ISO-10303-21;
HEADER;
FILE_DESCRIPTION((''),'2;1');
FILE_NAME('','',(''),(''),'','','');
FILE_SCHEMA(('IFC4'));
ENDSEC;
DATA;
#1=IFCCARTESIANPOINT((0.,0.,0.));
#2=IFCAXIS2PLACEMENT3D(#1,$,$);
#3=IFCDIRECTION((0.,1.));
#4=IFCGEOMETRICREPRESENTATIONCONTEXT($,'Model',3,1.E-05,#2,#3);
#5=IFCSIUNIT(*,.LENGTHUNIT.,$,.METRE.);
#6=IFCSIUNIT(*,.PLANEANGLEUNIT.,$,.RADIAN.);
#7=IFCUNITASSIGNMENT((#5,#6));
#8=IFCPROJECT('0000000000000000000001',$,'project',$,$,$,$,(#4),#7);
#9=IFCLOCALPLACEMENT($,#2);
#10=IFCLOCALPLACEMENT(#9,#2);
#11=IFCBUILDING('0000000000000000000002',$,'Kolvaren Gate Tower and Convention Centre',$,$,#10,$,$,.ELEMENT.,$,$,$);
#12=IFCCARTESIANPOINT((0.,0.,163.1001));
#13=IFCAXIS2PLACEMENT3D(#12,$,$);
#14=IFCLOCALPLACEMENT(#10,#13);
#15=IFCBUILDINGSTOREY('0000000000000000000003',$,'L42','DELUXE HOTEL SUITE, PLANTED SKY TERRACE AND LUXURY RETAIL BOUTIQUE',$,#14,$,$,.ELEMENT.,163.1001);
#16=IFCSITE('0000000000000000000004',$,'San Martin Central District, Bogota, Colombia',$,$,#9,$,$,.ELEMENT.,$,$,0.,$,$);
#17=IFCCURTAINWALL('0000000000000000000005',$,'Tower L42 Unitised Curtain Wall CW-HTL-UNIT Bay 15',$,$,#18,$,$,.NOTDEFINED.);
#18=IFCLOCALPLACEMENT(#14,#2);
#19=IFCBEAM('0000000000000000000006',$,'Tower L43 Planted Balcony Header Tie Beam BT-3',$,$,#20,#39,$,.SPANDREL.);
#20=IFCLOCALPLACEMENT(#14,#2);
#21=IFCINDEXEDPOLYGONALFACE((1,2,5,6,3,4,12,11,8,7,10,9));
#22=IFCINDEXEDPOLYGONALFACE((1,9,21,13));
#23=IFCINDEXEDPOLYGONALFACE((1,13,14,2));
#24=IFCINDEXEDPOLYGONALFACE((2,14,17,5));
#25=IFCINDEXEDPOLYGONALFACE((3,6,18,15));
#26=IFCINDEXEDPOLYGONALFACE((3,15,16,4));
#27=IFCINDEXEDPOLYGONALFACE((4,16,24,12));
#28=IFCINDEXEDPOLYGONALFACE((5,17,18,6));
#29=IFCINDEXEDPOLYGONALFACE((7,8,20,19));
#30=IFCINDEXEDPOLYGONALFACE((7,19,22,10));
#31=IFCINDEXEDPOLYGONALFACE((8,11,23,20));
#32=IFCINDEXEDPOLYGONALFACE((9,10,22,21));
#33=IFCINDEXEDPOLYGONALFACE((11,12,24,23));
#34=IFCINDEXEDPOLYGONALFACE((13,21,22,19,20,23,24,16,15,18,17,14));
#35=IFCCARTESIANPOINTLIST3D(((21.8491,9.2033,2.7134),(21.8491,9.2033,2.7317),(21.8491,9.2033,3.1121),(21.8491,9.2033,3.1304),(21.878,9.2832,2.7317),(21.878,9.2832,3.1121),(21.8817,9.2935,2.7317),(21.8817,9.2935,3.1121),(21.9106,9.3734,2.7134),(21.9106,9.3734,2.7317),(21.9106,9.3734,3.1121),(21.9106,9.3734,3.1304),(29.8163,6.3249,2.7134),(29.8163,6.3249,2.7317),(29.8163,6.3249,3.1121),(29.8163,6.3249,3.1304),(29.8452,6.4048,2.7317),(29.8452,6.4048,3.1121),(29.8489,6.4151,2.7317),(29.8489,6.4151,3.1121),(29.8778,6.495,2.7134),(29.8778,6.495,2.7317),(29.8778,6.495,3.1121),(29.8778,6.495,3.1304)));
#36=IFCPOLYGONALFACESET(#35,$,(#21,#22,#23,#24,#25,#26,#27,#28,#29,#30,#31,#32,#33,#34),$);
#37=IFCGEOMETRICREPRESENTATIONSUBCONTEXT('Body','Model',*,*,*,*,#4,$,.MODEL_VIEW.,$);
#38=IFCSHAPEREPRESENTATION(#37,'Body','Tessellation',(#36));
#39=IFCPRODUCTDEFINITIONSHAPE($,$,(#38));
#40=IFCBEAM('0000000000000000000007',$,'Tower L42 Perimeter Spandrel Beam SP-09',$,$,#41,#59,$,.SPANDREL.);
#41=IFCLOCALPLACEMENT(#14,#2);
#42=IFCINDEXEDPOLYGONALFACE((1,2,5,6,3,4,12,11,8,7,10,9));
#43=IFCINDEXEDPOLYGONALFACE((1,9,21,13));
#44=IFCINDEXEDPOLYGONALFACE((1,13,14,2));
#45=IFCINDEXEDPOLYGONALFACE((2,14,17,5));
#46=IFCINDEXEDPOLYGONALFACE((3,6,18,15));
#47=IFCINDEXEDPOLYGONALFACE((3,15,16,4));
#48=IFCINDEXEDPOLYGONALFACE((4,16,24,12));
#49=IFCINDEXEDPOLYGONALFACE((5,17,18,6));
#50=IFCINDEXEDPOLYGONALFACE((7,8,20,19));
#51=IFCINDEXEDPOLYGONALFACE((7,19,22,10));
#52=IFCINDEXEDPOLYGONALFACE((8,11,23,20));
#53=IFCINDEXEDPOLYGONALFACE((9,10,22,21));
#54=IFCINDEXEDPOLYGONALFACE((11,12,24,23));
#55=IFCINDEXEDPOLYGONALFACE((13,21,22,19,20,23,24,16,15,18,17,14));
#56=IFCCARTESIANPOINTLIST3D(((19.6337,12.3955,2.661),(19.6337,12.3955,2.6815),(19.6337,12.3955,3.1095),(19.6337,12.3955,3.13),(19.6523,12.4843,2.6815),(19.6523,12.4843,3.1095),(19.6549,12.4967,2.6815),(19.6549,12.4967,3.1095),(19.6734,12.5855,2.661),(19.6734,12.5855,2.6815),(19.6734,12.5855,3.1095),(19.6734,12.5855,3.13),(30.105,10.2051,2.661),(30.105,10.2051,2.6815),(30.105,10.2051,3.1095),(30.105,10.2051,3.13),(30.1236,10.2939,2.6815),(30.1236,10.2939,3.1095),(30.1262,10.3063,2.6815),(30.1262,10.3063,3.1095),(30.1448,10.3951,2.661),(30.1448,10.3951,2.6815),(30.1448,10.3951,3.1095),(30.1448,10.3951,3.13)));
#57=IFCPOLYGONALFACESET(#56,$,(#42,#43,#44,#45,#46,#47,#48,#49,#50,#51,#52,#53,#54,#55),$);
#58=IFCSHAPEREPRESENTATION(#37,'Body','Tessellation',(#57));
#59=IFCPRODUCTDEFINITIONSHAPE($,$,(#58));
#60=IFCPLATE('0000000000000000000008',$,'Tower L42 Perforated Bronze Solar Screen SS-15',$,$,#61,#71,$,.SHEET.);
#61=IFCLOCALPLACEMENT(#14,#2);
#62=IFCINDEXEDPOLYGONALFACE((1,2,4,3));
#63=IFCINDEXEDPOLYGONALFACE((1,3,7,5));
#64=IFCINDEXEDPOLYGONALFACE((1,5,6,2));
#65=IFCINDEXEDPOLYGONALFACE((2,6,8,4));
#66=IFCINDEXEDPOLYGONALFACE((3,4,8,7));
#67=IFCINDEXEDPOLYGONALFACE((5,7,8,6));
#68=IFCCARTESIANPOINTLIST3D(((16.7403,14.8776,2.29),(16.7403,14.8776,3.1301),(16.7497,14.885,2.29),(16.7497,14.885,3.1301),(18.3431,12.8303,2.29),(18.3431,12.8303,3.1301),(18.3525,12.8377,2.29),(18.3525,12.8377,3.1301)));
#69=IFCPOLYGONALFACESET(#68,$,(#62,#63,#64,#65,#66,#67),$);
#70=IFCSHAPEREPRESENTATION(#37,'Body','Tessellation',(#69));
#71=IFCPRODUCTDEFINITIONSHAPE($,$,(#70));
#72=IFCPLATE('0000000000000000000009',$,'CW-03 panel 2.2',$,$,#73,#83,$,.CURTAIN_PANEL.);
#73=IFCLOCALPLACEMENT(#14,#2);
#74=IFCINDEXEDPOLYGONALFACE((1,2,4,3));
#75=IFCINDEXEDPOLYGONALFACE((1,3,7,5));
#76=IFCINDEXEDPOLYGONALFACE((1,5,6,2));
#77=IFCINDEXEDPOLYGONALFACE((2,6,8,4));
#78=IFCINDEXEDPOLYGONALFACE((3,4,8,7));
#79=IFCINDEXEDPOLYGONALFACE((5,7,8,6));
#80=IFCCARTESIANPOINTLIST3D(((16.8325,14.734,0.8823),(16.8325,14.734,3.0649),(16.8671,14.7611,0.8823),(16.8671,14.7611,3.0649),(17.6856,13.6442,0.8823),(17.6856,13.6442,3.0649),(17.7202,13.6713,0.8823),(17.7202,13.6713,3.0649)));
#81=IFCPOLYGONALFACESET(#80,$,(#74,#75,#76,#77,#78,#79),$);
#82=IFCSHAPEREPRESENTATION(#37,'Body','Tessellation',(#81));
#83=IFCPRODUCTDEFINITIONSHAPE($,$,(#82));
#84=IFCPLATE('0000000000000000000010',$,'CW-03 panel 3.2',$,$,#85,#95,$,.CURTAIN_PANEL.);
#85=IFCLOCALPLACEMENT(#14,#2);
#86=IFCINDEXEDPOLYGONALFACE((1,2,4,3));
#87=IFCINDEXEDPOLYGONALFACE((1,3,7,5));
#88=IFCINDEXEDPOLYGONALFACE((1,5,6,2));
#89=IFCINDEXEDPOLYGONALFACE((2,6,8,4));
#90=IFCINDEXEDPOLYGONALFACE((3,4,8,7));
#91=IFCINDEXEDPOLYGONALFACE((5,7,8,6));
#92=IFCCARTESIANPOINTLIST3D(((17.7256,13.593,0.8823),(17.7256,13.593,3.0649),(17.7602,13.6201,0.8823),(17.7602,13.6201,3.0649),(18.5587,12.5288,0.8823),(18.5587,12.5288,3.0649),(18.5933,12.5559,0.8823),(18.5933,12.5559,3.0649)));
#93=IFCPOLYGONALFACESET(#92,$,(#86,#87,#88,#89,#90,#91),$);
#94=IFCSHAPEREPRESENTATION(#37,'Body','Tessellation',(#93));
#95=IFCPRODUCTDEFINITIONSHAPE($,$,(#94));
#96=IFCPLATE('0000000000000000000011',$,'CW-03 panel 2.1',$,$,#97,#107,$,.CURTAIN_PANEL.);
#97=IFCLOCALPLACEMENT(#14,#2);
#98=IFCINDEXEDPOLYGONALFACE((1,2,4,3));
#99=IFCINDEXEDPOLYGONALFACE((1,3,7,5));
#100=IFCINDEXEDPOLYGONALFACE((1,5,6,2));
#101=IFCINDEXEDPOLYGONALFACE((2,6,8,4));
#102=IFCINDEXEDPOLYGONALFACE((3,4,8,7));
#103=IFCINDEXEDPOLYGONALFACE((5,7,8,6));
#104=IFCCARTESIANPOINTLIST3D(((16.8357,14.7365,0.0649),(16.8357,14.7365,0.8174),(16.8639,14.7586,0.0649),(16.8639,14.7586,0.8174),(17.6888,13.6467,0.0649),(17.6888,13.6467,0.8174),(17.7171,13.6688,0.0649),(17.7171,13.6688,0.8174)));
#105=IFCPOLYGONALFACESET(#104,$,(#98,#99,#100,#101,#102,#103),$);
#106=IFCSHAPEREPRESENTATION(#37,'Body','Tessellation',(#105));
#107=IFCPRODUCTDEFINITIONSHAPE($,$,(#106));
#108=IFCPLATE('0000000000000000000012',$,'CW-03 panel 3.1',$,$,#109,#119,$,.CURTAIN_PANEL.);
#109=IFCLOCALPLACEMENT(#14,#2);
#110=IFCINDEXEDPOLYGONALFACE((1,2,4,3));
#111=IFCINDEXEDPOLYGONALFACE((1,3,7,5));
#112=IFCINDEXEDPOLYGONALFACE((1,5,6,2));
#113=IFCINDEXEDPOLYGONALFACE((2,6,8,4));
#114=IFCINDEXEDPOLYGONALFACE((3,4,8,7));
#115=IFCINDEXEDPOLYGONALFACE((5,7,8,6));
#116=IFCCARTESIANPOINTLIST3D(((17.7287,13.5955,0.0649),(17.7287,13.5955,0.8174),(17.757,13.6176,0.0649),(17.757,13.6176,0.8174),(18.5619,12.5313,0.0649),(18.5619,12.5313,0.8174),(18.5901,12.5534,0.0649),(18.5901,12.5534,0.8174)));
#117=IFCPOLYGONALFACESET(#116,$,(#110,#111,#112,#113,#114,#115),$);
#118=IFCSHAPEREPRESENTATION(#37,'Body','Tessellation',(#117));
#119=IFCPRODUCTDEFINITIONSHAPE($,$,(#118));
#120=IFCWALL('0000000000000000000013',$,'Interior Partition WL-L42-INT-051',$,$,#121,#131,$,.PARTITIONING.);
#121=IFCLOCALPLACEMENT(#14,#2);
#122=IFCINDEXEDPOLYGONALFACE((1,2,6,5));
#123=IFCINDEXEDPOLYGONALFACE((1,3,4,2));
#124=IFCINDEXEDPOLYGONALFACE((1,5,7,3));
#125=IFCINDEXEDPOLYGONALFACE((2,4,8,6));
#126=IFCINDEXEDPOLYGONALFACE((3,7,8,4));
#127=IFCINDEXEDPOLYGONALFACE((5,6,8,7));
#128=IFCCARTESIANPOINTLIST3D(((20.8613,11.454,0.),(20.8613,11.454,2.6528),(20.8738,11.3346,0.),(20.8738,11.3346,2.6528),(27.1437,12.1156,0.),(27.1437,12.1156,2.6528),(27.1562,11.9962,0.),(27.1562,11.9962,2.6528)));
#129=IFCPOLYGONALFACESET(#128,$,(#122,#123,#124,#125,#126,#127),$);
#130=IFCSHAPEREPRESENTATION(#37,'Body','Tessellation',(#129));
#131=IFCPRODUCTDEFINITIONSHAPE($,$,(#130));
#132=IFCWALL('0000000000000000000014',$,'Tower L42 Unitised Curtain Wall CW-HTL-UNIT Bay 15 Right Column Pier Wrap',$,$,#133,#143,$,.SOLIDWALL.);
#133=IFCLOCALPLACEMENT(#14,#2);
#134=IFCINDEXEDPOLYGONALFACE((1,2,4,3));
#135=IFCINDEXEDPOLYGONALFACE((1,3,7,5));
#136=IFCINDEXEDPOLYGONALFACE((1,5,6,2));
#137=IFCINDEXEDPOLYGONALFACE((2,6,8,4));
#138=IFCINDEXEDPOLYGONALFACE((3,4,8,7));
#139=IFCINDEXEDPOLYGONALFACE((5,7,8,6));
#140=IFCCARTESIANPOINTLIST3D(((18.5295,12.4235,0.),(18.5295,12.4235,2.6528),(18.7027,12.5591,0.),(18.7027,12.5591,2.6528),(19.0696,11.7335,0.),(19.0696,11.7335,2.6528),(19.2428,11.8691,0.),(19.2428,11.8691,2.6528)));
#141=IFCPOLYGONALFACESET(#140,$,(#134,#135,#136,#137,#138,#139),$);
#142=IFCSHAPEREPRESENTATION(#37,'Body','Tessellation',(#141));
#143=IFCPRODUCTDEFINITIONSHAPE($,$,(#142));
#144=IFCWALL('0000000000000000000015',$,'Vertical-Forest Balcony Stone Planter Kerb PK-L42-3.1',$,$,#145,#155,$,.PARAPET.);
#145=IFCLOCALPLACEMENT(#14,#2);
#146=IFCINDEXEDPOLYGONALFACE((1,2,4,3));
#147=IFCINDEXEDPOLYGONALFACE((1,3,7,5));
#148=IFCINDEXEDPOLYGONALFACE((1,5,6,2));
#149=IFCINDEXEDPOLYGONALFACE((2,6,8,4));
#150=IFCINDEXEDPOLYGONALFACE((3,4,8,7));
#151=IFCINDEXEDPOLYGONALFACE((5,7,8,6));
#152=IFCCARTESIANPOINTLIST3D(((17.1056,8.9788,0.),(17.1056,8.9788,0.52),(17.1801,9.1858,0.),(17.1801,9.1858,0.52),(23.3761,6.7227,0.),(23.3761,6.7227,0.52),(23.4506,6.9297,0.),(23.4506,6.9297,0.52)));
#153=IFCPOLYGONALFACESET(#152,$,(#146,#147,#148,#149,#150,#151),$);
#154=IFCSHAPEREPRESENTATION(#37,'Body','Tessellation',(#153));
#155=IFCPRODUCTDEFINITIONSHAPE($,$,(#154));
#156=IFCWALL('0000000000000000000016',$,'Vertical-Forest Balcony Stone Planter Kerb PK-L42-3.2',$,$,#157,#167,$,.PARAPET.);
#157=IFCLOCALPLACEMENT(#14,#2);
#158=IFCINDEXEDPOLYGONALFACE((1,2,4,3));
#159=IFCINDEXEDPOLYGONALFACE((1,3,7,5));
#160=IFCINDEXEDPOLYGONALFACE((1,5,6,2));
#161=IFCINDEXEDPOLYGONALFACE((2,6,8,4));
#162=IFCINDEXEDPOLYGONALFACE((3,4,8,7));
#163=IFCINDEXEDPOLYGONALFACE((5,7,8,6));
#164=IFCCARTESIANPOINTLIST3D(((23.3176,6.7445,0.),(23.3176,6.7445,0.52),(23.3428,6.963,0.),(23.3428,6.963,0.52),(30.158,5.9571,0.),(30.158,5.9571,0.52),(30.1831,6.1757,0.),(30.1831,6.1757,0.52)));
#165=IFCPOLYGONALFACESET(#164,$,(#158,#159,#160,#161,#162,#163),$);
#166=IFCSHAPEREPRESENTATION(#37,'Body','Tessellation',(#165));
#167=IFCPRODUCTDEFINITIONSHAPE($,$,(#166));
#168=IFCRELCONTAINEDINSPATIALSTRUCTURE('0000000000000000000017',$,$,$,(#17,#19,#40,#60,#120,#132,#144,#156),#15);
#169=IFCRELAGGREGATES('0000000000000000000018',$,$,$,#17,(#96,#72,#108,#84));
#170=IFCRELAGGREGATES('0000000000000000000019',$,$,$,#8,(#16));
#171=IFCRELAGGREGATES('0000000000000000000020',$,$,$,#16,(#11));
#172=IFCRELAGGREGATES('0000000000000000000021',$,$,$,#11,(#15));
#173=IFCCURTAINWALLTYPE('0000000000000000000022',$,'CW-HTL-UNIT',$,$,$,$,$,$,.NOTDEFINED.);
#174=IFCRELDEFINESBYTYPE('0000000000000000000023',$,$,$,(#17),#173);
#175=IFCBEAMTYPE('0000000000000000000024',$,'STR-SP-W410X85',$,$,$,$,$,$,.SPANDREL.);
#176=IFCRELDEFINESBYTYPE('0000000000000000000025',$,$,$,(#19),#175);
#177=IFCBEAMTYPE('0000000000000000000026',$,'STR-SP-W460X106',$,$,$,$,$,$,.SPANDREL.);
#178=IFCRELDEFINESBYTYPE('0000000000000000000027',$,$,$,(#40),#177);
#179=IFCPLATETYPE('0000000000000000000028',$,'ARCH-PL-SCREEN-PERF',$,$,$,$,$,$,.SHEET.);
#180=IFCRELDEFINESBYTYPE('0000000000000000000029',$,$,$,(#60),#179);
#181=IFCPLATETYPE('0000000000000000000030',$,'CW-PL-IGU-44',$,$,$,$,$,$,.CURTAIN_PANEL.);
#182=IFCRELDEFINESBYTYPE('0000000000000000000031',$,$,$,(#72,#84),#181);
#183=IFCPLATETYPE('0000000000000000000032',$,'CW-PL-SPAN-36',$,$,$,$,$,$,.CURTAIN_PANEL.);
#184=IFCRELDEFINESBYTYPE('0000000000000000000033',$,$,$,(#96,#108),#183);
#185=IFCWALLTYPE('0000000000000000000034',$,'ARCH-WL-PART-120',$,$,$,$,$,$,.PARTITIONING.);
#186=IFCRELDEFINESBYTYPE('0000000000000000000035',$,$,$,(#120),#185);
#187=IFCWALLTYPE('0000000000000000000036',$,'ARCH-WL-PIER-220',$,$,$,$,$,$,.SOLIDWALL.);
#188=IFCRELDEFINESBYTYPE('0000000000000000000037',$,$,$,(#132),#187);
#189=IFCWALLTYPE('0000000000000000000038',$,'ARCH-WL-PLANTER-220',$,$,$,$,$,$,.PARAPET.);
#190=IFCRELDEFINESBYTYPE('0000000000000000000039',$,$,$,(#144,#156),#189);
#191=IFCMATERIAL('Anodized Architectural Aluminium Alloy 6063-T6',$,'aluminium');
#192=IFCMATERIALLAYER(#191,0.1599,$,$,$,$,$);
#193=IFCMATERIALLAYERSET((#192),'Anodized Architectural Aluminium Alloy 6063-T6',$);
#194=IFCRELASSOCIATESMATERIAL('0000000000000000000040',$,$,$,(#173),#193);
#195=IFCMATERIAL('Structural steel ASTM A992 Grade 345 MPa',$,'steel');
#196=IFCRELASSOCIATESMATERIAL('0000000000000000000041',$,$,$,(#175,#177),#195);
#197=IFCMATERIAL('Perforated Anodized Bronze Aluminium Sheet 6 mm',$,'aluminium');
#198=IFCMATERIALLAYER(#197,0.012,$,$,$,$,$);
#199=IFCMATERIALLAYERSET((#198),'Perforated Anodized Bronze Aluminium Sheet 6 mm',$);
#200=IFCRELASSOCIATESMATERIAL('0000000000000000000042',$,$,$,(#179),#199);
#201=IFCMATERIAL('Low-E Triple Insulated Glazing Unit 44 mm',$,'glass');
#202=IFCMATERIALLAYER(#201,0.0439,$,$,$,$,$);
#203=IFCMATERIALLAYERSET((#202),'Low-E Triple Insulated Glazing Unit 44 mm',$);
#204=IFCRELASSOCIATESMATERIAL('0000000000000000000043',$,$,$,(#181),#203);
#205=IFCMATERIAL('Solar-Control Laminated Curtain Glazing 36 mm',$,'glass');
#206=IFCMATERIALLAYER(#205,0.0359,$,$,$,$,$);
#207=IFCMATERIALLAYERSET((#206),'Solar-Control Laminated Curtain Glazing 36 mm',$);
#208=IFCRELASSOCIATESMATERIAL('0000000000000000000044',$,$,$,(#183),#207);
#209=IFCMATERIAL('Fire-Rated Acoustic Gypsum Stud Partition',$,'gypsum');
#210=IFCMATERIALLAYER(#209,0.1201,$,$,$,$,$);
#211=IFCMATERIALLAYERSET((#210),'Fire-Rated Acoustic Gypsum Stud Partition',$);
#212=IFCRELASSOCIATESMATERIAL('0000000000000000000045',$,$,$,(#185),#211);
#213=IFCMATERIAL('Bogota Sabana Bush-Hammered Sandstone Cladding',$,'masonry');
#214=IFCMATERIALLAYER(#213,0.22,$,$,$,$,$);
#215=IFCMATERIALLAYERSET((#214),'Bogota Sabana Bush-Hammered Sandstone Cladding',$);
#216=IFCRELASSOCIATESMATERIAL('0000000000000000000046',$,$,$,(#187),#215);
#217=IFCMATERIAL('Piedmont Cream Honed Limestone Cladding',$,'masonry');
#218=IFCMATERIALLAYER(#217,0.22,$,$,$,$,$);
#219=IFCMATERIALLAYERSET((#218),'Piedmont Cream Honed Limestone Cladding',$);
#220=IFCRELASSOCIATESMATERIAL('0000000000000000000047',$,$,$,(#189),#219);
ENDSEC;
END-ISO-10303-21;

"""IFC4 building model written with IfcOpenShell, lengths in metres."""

from ifc_helpers import new_model, si_unit, direction, frame, frame_2d, origin, origin_2d, place, context, subcontext, project, spatial, rectangle, i_section, extrude, material, layer, layer_set, material_profile, profile_set, type_object, element, aggregate, save


model = new_model("IFC4")

# Units and contexts
model_context = context("Model", 3, precision=1e-05, world=origin(), true_north=direction((0.0, 1.0)))
body_context = subcontext(model_context, "Body", "Model", "MODEL_VIEW")
ifc_project = project(units=[si_unit("LENGTHUNIT", "METRE"), si_unit("PLANEANGLEUNIT", "RADIAN")], contexts=[model_context])

# Site, building, storey
site_placement = place(None, origin())
site = spatial("IfcSite", under=ifc_project, at=site_placement, Name="San Martin Central District, Bogota, Colombia", CompositionType="ELEMENT", RefElevation=0.0)
building_placement = place(site_placement, origin())
building = spatial("IfcBuilding", under=site, at=building_placement, Name="Kolvaren Gate Tower and Convention Centre", CompositionType="ELEMENT")
storey_placement = place(building_placement, frame((0.0, 0.0, 163.1001)))
storey = spatial("IfcBuildingStorey", under=building, at=storey_placement, Name="L42", Description="DELUXE HOTEL SUITE, PLANTED SKY TERRACE AND LUXURY RETAIL BOUTIQUE", CompositionType="ELEMENT", Elevation=163.1001)

# Curtain wall
ifc_material_1 = material(Name="Anodized Architectural Aluminium Alloy 6063-T6", Category="aluminium")
ifc_layer_1 = layer(ifc_material_1, 0.1599)
ifc_layer_set_1 = layer_set([ifc_layer_1], Name="Anodized Architectural Aluminium Alloy 6063-T6")
curtain_wall_type = type_object("IfcCurtainWallType", Name="CW-HTL-UNIT", PredefinedType="NOTDEFINED", material=ifc_layer_set_1)
curtain_wall_placement = place(storey_placement, origin())
curtain_wall = element("IfcCurtainWall", 1, at=curtain_wall_placement, inside=storey, type_object=curtain_wall_type, Name="Tower L42 Unitised Curtain Wall CW-HTL-UNIT Bay 15", PredefinedType="NOTDEFINED")

# Beams
ifc_material_2 = material(Name="Structural steel ASTM A992 Grade 345 MPa", Category="steel")
ifc_material_profile_1 = material_profile(ifc_material_2, i_section(OverallWidth=0.1809, OverallDepth=0.417, WebThickness=0.011, FlangeThickness=0.0183, at=origin_2d()), Name="W410X85")
ifc_profile_set_1 = profile_set([ifc_material_profile_1], Name="Structural steel ASTM A992 Grade 345 MPa")
beam_type_1 = type_object("IfcBeamType", Name="STR-SP-W410X85", PredefinedType="SPANDREL", material=ifc_profile_set_1)
beam_1_placement = place(storey_placement, frame((21.8799, 9.2883, 2.9219), z_axis=(0.940503, -0.339785, 0.0), x_axis=(0.339785, 0.940503, 0.0)))
element("IfcBeam", 2, at=beam_1_placement, inside=storey, type_object=beam_type_1, Name="Tower L43 Planted Balcony Header Tie Beam BT-3", PredefinedType="SPANDREL", context=body_context, shape_type="SweptSolid", body=[
    extrude(i_section(OverallWidth=0.1809, OverallDepth=0.417, WebThickness=0.011, FlangeThickness=0.0183, at=origin_2d()), origin(), (0.0, 0.0, 1.0), 8.4712),
])
ifc_material_profile_2 = material_profile(ifc_material_2, i_section(OverallWidth=0.1941, OverallDepth=0.469, WebThickness=0.0127, FlangeThickness=0.0205, at=origin_2d()), Name="W460X106")
ifc_profile_set_2 = profile_set([ifc_material_profile_2], Name="Structural steel ASTM A992 Grade 345 MPa")
beam_type_2 = type_object("IfcBeamType", Name="STR-SP-W460X106", PredefinedType="SPANDREL", material=ifc_profile_set_2)
beam_2_placement = place(storey_placement, frame((19.6536, 12.4905, 2.8955), z_axis=(0.978814, -0.20475, 0.0), x_axis=(0.20475, 0.978814, 0.0)))
element("IfcBeam", 3, at=beam_2_placement, inside=storey, type_object=beam_type_2, Name="Tower L42 Perimeter Spandrel Beam SP-09", PredefinedType="SPANDREL", context=body_context, shape_type="SweptSolid", body=[
    extrude(i_section(OverallWidth=0.1941, OverallDepth=0.469, WebThickness=0.0127, FlangeThickness=0.0205, at=origin_2d()), origin(), (0.0, 0.0, 1.0), 10.698),
])

# Plates
ifc_material_3 = material(Name="Perforated Anodized Bronze Aluminium Sheet 6 mm", Category="aluminium")
ifc_layer_2 = layer(ifc_material_3, 0.012)
ifc_layer_set_2 = layer_set([ifc_layer_2], Name="Perforated Anodized Bronze Aluminium Sheet 6 mm")
plate_type_1 = type_object("IfcPlateType", Name="ARCH-PL-SCREEN-PERF", PredefinedType="SHEET", material=ifc_layer_set_2)
plate_1_placement = place(storey_placement, frame((17.5464, 13.8577, 2.29), z_axis=(0.0, 0.0, 1.0), x_axis=(0.616434, -0.787406, 0.0)))
element("IfcPlate", 4, at=plate_1_placement, inside=storey, type_object=plate_type_1, Name="Tower L42 Perforated Bronze Solar Screen SS-15", PredefinedType="SHEET", context=body_context, shape_type="SweptSolid", body=[
    extrude(rectangle(XDim=2.6001, YDim=0.012, at=origin_2d()), origin(), (0.0, 0.0, 1.0), 0.8401),
])
ifc_material_4 = material(Name="Low-E Triple Insulated Glazing Unit 44 mm", Category="glass")
ifc_layer_3 = layer(ifc_material_4, 0.0439)
ifc_layer_set_3 = layer_set([ifc_layer_3], Name="Low-E Triple Insulated Glazing Unit 44 mm")
plate_type_2 = type_object("IfcPlateType", Name="CW-PL-IGU-44", PredefinedType="CURTAIN_PANEL", material=ifc_layer_set_3)
plate_2_placement = place(storey_placement, frame((17.2764, 14.2026, 0.8823), z_axis=(0.0, 0.0, 1.0), x_axis=(0.616424, -0.787415, 0.0)))
plate_2 = element("IfcPlate", 5, at=plate_2_placement, type_object=plate_type_2, Name="CW-03 panel 2.2", PredefinedType="CURTAIN_PANEL", context=body_context, shape_type="SweptSolid", body=[
    extrude(rectangle(XDim=1.384, YDim=0.0439, at=origin_2d()), origin(), (0.0, 0.0, 1.0), 2.1826),
])
plate_3_placement = place(storey_placement, frame((18.1594, 13.0745, 0.8823), z_axis=(0.0, 0.0, 1.0), x_axis=(0.616424, -0.787415, 0.0)))
plate_3 = element("IfcPlate", 6, at=plate_3_placement, type_object=plate_type_2, Name="CW-03 panel 3.2", PredefinedType="CURTAIN_PANEL", context=body_context, shape_type="SweptSolid", body=[
    extrude(rectangle(XDim=1.3516, YDim=0.0439, at=origin_2d()), origin(), (0.0, 0.0, 1.0), 2.1826),
])
ifc_material_5 = material(Name="Solar-Control Laminated Curtain Glazing 36 mm", Category="glass")
ifc_layer_4 = layer(ifc_material_5, 0.0359)
ifc_layer_set_4 = layer_set([ifc_layer_4], Name="Solar-Control Laminated Curtain Glazing 36 mm")
plate_type_3 = type_object("IfcPlateType", Name="CW-PL-SPAN-36", PredefinedType="CURTAIN_PANEL", material=ifc_layer_set_4)
plate_4_placement = place(storey_placement, frame((17.2764, 14.2026, 0.0649), z_axis=(0.0, 0.0, 1.0), x_axis=(0.616424, -0.787415, 0.0)))
plate_4 = element("IfcPlate", 7, at=plate_4_placement, type_object=plate_type_3, Name="CW-03 panel 2.1", PredefinedType="CURTAIN_PANEL", context=body_context, shape_type="SweptSolid", body=[
    extrude(rectangle(XDim=1.384, YDim=0.0359, at=origin_2d()), origin(), (0.0, 0.0, 1.0), 0.7524),
])
plate_5_placement = place(storey_placement, frame((18.1594, 13.0745, 0.0649), z_axis=(0.0, 0.0, 1.0), x_axis=(0.616424, -0.787415, 0.0)))
plate_5 = element("IfcPlate", 8, at=plate_5_placement, type_object=plate_type_3, Name="CW-03 panel 3.1", PredefinedType="CURTAIN_PANEL", context=body_context, shape_type="SweptSolid", body=[
    extrude(rectangle(XDim=1.3516, YDim=0.0359, at=origin_2d()), origin(), (0.0, 0.0, 1.0), 0.7524),
])
aggregate(curtain_wall, [plate_4, plate_2, plate_5, plate_3])

# Walls
ifc_material_6 = material(Name="Fire-Rated Acoustic Gypsum Stud Partition", Category="gypsum")
ifc_layer_5 = layer(ifc_material_6, 0.1201)
ifc_layer_set_5 = layer_set([ifc_layer_5], Name="Fire-Rated Acoustic Gypsum Stud Partition")
wall_type_1 = type_object("IfcWallType", Name="ARCH-WL-PART-120", PredefinedType="PARTITIONING", material=ifc_layer_set_5)
wall_1_placement = place(storey_placement, frame((20.8674, 11.3943, 0.0), z_axis=(0.0, 0.0, 1.0), x_axis=(0.9945, 0.104733, 0.0)))
element("IfcWall", 9, at=wall_1_placement, inside=storey, type_object=wall_type_1, Name="Interior Partition WL-L42-INT-051", PredefinedType="PARTITIONING", context=body_context, shape_type="SweptSolid", body=[
    extrude(rectangle(XDim=6.3171, YDim=0.1201, at=frame_2d((3.1587, 0.0))), origin(), (0.0, 0.0, 1.0), 2.6528),
])
ifc_material_7 = material(Name="Bogota Sabana Bush-Hammered Sandstone Cladding", Category="masonry")
ifc_layer_6 = layer(ifc_material_7, 0.22)
ifc_layer_set_6 = layer_set([ifc_layer_6], Name="Bogota Sabana Bush-Hammered Sandstone Cladding")
wall_type_2 = type_object("IfcWallType", Name="ARCH-WL-PIER-220", PredefinedType="SOLIDWALL", material=ifc_layer_set_6)
wall_2_placement = place(storey_placement, frame((18.6162, 12.4912, 0.0), z_axis=(0.0, 0.0, 1.0), x_axis=(0.616368, -0.787458, 0.0)))
element("IfcWall", 10, at=wall_2_placement, inside=storey, type_object=wall_type_2, Name="Tower L42 Unitised Curtain Wall CW-HTL-UNIT Bay 15 Right Column Pier Wrap", PredefinedType="SOLIDWALL", context=body_context, shape_type="SweptSolid", body=[
    extrude(rectangle(XDim=0.8762, YDim=0.22, at=frame_2d((0.438, 0.0))), origin(), (0.0, 0.0, 1.0), 2.6528),
])
ifc_material_8 = material(Name="Piedmont Cream Honed Limestone Cladding", Category="masonry")
ifc_layer_7 = layer(ifc_material_8, 0.22)
ifc_layer_set_7 = layer_set([ifc_layer_7], Name="Piedmont Cream Honed Limestone Cladding")
wall_type_3 = type_object("IfcWallType", Name="ARCH-WL-PLANTER-220", PredefinedType="PARAPET", material=ifc_layer_set_7)
wall_3_placement = place(storey_placement, frame((17.1428, 9.0823, 0.0), z_axis=(0.0, 0.0, 1.0), x_axis=(0.940949, -0.33855, 0.0)))
element("IfcWall", 11, at=wall_3_placement, inside=storey, type_object=wall_type_3, Name="Vertical-Forest Balcony Stone Planter Kerb PK-L42-3.1", PredefinedType="PARAPET", context=body_context, shape_type="SweptSolid", body=[
    extrude(rectangle(XDim=6.6641, YDim=0.22, at=frame_2d((3.332, 0.0))), origin(), (0.0, 0.0, 1.0), 0.52),
])
wall_4_placement = place(storey_placement, frame((23.3301, 6.8538, 0.0), z_axis=(0.0, 0.0, 1.0), x_axis=(0.993441, -0.11435, 0.0)))
element("IfcWall", 12, at=wall_4_placement, inside=storey, type_object=wall_type_3, Name="Vertical-Forest Balcony Stone Planter Kerb PK-L42-3.2", PredefinedType="PARAPET", context=body_context, shape_type="SweptSolid", body=[
    extrude(rectangle(XDim=6.8855, YDim=0.22, at=frame_2d((3.4429, 0.0))), origin(), (0.0, 0.0, 1.0), 0.52),
])

save(model, "model.ifc")
